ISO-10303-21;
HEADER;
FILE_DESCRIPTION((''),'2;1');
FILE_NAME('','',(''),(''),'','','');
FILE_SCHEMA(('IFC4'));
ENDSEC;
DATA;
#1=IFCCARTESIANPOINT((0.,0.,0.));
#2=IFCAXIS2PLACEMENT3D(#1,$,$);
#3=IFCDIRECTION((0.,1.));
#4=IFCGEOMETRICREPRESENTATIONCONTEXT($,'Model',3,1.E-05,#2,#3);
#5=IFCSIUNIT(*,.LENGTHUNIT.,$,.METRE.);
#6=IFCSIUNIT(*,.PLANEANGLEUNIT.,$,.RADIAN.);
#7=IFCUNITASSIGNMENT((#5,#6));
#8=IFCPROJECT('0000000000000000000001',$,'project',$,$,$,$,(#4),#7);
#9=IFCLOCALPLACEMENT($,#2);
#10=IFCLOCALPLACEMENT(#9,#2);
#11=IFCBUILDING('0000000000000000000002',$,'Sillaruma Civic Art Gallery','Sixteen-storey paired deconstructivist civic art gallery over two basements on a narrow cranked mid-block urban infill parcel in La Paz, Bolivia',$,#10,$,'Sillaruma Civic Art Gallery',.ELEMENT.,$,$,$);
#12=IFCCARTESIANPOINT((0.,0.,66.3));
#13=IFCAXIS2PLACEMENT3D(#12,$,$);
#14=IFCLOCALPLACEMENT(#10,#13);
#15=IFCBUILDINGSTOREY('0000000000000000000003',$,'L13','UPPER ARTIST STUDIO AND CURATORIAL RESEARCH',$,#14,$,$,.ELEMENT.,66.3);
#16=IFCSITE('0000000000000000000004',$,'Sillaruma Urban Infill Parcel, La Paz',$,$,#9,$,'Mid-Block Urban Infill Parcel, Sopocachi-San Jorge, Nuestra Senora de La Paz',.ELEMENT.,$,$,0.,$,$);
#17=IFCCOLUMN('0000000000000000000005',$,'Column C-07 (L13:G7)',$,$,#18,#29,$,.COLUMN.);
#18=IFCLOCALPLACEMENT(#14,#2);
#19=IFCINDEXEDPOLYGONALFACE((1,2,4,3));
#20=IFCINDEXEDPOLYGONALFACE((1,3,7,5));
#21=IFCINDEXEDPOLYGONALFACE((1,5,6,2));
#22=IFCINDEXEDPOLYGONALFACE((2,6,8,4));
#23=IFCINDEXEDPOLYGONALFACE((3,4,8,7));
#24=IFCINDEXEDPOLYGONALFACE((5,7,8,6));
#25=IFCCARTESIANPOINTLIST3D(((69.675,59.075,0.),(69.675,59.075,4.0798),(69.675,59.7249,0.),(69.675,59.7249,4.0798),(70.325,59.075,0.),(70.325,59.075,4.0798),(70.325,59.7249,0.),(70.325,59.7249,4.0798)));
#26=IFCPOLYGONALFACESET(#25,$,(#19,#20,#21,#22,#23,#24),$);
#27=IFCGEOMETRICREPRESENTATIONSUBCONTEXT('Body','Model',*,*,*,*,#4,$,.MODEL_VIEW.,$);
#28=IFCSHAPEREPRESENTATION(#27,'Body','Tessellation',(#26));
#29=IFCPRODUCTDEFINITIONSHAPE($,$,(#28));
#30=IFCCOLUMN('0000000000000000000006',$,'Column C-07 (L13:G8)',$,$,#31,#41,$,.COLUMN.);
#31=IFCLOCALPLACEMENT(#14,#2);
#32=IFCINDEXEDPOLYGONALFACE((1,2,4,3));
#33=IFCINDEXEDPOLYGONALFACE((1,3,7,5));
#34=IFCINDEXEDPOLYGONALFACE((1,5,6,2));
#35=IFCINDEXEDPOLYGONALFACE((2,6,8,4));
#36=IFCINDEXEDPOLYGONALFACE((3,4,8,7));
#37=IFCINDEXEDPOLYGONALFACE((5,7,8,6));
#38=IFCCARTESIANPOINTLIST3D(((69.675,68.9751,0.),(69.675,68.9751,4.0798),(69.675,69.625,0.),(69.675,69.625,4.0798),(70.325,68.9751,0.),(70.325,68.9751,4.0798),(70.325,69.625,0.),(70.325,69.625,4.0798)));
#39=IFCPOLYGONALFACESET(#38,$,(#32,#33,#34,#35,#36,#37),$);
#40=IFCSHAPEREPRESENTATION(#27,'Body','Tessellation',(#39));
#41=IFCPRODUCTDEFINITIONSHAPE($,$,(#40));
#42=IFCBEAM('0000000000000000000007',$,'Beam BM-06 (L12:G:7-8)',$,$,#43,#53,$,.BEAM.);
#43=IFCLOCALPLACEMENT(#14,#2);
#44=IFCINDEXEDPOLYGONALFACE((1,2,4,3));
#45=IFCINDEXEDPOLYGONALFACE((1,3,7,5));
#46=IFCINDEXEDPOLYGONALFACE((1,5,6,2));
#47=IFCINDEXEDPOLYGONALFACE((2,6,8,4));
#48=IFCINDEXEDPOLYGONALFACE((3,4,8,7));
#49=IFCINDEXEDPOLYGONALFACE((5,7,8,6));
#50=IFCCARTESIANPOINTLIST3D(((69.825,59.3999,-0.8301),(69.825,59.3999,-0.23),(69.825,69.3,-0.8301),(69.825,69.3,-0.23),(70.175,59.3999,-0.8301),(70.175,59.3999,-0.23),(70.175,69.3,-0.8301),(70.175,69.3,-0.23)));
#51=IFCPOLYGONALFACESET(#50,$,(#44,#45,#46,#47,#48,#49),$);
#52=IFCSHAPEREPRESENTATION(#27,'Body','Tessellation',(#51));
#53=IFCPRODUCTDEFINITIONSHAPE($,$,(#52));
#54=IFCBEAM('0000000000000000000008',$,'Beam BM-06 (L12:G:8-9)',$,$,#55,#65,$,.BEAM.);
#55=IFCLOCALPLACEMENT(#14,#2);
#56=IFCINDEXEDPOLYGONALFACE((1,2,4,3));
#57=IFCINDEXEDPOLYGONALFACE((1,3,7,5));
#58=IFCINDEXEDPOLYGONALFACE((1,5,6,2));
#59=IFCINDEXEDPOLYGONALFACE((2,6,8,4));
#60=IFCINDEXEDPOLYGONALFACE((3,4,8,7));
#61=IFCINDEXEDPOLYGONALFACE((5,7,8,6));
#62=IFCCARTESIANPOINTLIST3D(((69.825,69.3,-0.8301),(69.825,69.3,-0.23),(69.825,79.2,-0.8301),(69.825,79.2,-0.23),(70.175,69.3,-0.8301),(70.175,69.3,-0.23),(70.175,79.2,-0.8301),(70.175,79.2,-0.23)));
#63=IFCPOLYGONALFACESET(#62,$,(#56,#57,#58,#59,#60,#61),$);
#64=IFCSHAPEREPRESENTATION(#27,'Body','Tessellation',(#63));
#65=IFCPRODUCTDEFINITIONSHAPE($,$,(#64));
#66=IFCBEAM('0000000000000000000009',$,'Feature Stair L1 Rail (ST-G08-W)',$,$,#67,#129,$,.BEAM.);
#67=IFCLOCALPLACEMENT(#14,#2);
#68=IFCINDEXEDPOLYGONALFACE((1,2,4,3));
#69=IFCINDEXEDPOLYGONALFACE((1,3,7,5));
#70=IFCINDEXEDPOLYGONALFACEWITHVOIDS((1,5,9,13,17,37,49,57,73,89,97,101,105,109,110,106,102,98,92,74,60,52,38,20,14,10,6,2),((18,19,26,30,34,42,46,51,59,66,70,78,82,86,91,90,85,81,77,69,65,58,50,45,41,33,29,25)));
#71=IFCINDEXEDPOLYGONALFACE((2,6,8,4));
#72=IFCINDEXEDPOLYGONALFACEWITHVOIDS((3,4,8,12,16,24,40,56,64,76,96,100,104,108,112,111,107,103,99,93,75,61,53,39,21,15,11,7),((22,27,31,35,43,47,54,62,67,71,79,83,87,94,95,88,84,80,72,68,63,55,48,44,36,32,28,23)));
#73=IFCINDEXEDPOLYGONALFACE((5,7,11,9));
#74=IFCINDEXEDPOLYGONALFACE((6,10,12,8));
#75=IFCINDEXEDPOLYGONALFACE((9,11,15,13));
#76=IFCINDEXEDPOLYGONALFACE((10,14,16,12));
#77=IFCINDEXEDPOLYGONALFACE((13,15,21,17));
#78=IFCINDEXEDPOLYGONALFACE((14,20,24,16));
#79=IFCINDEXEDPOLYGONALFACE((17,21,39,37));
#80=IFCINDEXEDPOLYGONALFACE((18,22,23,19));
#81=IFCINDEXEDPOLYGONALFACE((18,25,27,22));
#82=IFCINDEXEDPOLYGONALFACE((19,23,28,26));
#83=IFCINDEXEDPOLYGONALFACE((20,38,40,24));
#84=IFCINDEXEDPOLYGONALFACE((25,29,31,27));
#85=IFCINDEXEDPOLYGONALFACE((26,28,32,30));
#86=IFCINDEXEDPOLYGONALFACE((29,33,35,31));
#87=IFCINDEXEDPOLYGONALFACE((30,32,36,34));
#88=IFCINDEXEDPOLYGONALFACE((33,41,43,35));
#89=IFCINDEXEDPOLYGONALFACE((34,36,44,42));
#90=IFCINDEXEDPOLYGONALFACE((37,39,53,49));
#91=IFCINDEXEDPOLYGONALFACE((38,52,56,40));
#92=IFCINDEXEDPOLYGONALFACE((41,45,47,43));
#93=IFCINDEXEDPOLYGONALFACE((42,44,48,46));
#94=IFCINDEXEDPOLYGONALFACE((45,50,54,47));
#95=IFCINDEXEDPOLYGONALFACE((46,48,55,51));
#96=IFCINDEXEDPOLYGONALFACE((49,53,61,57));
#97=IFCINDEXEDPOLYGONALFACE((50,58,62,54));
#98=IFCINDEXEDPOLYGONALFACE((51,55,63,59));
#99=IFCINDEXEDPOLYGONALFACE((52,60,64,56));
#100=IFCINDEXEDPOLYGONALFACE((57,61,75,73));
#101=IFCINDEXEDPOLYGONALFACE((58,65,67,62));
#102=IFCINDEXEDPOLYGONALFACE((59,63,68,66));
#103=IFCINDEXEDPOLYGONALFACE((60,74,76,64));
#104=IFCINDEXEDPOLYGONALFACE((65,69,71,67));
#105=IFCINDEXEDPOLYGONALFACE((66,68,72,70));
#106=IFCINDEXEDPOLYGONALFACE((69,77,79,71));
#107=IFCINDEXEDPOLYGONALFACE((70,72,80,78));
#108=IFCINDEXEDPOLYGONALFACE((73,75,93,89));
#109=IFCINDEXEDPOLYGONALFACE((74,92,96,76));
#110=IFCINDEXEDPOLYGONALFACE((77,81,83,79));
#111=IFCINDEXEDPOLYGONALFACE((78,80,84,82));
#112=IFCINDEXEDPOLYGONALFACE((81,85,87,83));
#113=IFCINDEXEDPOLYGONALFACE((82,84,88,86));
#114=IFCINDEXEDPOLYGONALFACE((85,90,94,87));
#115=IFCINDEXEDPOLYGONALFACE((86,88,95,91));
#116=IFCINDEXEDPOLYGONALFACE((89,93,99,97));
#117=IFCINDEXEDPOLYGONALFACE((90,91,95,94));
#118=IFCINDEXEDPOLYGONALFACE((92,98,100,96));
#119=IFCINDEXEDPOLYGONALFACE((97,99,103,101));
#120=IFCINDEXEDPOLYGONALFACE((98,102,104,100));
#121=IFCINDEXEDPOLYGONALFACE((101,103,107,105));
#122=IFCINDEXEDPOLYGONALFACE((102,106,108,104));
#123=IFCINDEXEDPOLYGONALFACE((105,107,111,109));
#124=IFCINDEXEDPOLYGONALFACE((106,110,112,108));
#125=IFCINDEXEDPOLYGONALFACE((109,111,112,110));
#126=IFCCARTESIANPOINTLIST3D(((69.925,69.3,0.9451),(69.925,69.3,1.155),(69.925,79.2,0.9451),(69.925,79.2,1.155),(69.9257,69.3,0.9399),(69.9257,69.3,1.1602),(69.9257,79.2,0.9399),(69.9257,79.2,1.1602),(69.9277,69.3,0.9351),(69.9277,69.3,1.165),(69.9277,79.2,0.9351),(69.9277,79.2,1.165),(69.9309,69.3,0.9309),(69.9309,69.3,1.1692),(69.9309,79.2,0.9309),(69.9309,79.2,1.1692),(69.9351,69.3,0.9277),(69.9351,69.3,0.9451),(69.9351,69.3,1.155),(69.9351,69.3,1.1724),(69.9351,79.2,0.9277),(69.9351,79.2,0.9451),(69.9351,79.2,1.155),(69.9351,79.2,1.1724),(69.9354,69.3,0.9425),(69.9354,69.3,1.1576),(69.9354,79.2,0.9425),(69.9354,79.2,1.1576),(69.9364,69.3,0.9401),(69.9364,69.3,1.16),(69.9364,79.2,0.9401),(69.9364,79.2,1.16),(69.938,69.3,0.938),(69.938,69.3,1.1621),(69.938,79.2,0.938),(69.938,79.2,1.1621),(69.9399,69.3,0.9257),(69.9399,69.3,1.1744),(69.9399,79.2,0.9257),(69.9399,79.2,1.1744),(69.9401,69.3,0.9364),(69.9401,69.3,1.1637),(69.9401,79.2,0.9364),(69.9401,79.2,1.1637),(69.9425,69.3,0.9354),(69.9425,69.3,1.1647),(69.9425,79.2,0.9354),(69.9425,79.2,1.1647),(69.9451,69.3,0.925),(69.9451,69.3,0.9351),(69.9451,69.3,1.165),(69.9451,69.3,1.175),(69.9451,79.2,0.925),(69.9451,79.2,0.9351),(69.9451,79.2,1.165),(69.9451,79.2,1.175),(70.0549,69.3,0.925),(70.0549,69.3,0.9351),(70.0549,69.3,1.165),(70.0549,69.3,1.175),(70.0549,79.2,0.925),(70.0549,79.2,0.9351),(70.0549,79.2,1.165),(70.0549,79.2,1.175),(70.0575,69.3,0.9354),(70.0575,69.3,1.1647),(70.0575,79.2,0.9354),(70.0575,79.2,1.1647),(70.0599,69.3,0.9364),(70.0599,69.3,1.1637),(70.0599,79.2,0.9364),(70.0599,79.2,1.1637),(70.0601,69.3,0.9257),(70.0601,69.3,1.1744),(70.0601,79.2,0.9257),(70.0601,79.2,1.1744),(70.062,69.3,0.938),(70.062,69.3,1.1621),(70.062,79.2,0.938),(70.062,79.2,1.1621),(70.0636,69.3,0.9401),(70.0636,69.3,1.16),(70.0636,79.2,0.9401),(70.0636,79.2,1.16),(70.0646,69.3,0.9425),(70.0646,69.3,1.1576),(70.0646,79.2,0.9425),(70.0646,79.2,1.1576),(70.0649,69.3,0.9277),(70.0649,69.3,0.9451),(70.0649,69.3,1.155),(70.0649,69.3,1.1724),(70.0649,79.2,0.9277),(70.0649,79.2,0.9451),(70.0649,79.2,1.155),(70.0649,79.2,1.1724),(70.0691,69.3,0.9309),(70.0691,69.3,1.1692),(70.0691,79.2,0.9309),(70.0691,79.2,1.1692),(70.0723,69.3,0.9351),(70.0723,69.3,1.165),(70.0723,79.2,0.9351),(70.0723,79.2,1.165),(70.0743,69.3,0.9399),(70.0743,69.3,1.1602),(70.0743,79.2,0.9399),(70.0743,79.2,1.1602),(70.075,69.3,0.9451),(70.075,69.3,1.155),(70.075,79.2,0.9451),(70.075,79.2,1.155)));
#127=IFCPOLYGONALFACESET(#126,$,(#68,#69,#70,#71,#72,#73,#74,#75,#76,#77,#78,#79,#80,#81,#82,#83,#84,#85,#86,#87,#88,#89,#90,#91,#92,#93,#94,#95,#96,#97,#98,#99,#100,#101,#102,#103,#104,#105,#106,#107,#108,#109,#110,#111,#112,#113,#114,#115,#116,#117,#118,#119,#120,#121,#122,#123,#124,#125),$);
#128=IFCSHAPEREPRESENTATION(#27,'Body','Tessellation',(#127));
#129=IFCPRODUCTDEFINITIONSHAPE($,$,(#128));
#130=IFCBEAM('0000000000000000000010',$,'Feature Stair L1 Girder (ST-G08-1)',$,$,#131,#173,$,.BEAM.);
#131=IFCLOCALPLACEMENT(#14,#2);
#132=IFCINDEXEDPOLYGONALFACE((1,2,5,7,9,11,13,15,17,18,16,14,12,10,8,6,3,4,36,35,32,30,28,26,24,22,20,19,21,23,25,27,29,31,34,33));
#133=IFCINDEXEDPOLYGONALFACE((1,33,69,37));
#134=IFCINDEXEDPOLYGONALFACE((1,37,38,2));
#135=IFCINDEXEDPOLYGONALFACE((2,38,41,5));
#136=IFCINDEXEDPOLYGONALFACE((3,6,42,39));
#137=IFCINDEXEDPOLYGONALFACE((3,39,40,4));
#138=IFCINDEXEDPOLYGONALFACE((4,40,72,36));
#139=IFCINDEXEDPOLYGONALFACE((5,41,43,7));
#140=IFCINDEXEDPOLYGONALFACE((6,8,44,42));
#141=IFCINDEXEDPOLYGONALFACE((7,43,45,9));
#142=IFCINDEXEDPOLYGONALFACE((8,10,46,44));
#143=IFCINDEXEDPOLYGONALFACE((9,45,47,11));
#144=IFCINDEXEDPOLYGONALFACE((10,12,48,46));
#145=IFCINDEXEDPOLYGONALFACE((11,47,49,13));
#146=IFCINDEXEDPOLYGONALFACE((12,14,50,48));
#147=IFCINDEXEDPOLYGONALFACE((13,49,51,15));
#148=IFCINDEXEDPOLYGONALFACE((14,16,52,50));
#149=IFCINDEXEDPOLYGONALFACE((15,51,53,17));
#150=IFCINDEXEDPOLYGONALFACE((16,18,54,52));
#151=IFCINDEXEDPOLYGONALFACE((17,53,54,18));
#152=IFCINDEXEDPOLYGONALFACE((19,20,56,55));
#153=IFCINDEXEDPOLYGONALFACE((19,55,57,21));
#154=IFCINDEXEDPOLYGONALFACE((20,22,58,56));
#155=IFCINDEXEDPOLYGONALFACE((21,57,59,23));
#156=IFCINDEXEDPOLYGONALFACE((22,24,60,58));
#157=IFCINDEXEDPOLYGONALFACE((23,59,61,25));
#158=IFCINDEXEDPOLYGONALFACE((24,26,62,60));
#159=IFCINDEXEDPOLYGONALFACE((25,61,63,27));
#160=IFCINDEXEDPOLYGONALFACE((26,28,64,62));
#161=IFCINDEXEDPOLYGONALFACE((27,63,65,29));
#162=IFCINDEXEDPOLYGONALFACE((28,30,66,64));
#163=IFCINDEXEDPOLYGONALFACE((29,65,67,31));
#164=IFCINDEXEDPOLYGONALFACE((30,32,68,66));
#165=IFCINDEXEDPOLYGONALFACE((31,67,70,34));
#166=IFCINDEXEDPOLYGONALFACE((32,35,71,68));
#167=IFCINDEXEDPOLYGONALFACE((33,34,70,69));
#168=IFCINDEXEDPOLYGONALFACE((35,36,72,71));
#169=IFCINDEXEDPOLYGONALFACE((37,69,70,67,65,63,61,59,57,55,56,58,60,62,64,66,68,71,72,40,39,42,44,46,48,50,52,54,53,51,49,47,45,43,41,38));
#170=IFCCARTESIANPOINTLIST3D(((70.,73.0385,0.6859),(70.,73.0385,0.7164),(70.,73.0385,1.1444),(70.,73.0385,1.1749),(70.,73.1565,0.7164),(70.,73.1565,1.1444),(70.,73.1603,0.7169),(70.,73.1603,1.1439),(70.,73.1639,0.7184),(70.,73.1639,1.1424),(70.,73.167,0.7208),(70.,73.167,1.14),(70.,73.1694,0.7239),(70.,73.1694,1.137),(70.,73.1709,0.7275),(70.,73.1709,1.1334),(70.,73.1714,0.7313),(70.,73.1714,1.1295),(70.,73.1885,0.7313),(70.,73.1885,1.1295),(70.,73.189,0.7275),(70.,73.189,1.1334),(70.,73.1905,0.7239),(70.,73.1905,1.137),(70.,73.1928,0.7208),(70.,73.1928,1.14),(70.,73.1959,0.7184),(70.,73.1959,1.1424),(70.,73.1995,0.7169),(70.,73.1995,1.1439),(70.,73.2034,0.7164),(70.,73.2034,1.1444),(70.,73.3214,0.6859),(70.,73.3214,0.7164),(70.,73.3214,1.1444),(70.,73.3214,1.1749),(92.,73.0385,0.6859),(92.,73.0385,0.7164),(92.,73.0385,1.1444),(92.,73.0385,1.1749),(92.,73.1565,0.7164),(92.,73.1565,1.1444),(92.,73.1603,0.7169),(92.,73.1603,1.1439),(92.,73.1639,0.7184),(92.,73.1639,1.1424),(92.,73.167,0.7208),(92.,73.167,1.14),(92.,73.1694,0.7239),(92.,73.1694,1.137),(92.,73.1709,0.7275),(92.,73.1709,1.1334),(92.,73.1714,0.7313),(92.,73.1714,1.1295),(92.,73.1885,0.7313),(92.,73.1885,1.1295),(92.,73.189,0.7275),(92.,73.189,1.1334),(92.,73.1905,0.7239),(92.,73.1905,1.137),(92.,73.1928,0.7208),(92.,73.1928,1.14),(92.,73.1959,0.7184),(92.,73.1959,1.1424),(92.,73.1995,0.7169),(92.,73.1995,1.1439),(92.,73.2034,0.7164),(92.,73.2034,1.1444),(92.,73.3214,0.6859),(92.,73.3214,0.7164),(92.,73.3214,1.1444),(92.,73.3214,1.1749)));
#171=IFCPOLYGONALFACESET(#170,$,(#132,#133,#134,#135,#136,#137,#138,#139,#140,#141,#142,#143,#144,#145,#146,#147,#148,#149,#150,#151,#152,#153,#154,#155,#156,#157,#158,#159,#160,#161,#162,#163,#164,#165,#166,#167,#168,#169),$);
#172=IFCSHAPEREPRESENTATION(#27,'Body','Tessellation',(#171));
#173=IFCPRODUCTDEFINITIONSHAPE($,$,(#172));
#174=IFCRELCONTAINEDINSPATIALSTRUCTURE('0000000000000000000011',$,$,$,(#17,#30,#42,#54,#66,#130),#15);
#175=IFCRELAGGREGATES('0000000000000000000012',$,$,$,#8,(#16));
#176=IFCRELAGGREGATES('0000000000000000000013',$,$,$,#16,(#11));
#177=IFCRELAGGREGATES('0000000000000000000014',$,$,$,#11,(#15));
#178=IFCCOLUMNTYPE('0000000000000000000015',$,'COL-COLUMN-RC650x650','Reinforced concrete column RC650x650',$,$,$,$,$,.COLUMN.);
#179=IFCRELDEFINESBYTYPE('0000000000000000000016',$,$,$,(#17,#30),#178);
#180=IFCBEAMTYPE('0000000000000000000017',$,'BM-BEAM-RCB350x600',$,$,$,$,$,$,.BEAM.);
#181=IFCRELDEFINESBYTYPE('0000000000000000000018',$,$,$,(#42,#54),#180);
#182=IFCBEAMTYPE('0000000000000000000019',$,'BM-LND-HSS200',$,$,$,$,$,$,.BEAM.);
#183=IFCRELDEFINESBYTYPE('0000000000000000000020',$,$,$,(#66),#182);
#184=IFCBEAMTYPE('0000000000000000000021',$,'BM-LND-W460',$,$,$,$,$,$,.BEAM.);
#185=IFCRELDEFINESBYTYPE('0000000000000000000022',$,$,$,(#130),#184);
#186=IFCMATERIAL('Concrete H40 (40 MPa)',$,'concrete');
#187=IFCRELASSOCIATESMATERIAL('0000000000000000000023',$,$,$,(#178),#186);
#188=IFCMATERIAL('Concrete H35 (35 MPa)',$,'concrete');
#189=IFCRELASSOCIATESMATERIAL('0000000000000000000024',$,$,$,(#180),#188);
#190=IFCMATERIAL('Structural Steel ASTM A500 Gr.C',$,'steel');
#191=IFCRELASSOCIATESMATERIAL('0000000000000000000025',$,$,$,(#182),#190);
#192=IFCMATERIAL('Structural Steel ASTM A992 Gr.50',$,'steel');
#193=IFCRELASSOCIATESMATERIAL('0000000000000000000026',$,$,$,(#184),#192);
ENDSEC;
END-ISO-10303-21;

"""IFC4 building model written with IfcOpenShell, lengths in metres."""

from ifc_helpers import new_model, si_unit, direction, frame, origin, origin_2d, place, context, subcontext, project, spatial, rectangle, hollow_rectangle, i_section, extrude, material, material_profile, profile_set, type_object, element, save


model = new_model("IFC4")

# Units and contexts
model_context = context("Model", 3, precision=1e-05, world=origin(), true_north=direction((0.0, 1.0)))
body_context = subcontext(model_context, "Body", "Model", "MODEL_VIEW")
ifc_project = project(units=[si_unit("LENGTHUNIT", "METRE"), si_unit("PLANEANGLEUNIT", "RADIAN")], contexts=[model_context])

# Site, building, storey
site_placement = place(None, origin())
site = spatial("IfcSite", under=ifc_project, at=site_placement, Name="Sillaruma Urban Infill Parcel, La Paz", LongName="Mid-Block Urban Infill Parcel, Sopocachi-San Jorge, Nuestra Senora de La Paz", CompositionType="ELEMENT", RefElevation=0.0)
building_placement = place(site_placement, origin())
building = spatial("IfcBuilding", under=site, at=building_placement, Name="Sillaruma Civic Art Gallery", Description="Sixteen-storey paired deconstructivist civic art gallery over two basements on a narrow cranked mid-block urban infill parcel in La Paz, Bolivia", LongName="Sillaruma Civic Art Gallery", CompositionType="ELEMENT")
storey_placement = place(building_placement, frame((0.0, 0.0, 66.3)))
storey = spatial("IfcBuildingStorey", under=building, at=storey_placement, Name="L13", Description="UPPER ARTIST STUDIO AND CURATORIAL RESEARCH", CompositionType="ELEMENT", Elevation=66.3)

# Columns
ifc_material_1 = material(Name="Concrete H40 (40 MPa)", Category="concrete")
ifc_material_profile_1 = material_profile(ifc_material_1, rectangle(XDim=0.6499, YDim=0.6499, at=origin_2d()), Name="RC650x650")
ifc_profile_set_1 = profile_set([ifc_material_profile_1], Name="Concrete H40 (40 MPa)")
column_type = type_object("IfcColumnType", Name="COL-COLUMN-RC650x650", Description="Reinforced concrete column RC650x650", PredefinedType="COLUMN", material=ifc_profile_set_1)
for number, where, z_axis, x_axis, name in (
    (1, (70.0, 59.3999, 0.0), (0.0, 0.0, 1.0), (1.0, 0.0, 0.0), "Column C-07 (L13:G7)"),
    (2, (70.0, 69.3, 0.0), (0.0, 0.0, 1.0), (1.0, 0.0, 0.0), "Column C-07 (L13:G8)"),
):
    element("IfcColumn", number, at=place(storey_placement, frame(where, z_axis=z_axis, x_axis=x_axis)), inside=storey, type_object=column_type, Name=name, PredefinedType="COLUMN", context=body_context, shape_type="SweptSolid", body=[
        extrude(rectangle(XDim=0.6499, YDim=0.6499, at=origin_2d()), origin(), (0.0, 0.0, 1.0), 4.0798),
    ])

# Beams
ifc_material_2 = material(Name="Concrete H35 (35 MPa)", Category="concrete")
ifc_material_profile_2 = material_profile(ifc_material_2, rectangle(XDim=0.3501, YDim=0.6001, at=origin_2d()), Name="RCB350x600")
ifc_profile_set_2 = profile_set([ifc_material_profile_2], Name="Concrete H35 (35 MPa)")
beam_type_1 = type_object("IfcBeamType", Name="BM-BEAM-RCB350x600", PredefinedType="BEAM", material=ifc_profile_set_2)
beam_1_placement = place(storey_placement, frame((70.0, 59.3999, -0.53), z_axis=(0.0, 1.0, 0.0), x_axis=(-1.0, 0.0, 0.0)))
element("IfcBeam", 3, at=beam_1_placement, inside=storey, type_object=beam_type_1, Name="Beam BM-06 (L12:G:7-8)", PredefinedType="BEAM", context=body_context, shape_type="SweptSolid", body=[
    extrude(rectangle(XDim=0.3501, YDim=0.6001, at=origin_2d()), origin(), (0.0, 0.0, 1.0), 9.9001),
])
beam_2_placement = place(storey_placement, frame((70.0, 69.3, -0.53), z_axis=(0.0, 1.0, 0.0), x_axis=(-1.0, 0.0, 0.0)))
element("IfcBeam", 4, at=beam_2_placement, inside=storey, type_object=beam_type_1, Name="Beam BM-06 (L12:G:8-9)", PredefinedType="BEAM", context=body_context, shape_type="SweptSolid", body=[
    extrude(rectangle(XDim=0.3501, YDim=0.6001, at=origin_2d()), origin(), (0.0, 0.0, 1.0), 9.8999),
])
ifc_material_3 = material(Name="Structural Steel ASTM A500 Gr.C", Category="steel")
ifc_material_profile_3 = material_profile(ifc_material_3, hollow_rectangle(XDim=0.1499, YDim=0.25, WallThickness=0.01, InnerFilletRadius=0.01, OuterFilletRadius=0.02, at=origin_2d()), Name="HSS250x150x10")
ifc_profile_set_3 = profile_set([ifc_material_profile_3], Name="Structural Steel ASTM A500 Gr.C")
beam_type_2 = type_object("IfcBeamType", Name="BM-LND-HSS200", PredefinedType="BEAM", material=ifc_profile_set_3)
beam_3_placement = place(storey_placement, frame((70.0, 69.3, 1.05), z_axis=(0.0, 1.0, 0.0), x_axis=(-1.0, 0.0, 0.0)))
element("IfcBeam", 5, at=beam_3_placement, inside=storey, type_object=beam_type_2, Name="Feature Stair L1 Rail (ST-G08-W)", PredefinedType="BEAM", context=body_context, shape_type="SweptSolid", body=[
    extrude(hollow_rectangle(XDim=0.1499, YDim=0.25, WallThickness=0.01, InnerFilletRadius=0.01, OuterFilletRadius=0.02, at=origin_2d()), origin(), (0.0, 0.0, 1.0), 9.8999),
])
ifc_material_4 = material(Name="Structural Steel ASTM A992 Gr.50", Category="steel")
ifc_material_profile_4 = material_profile(ifc_material_4, i_section(OverallWidth=0.283, OverallDepth=0.489, WebThickness=0.0171, FlangeThickness=0.0305, FilletRadius=0.0149, at=origin_2d()), Name="W460x193")
ifc_profile_set_4 = profile_set([ifc_material_profile_4], Name="Structural Steel ASTM A992 Gr.50")
beam_type_3 = type_object("IfcBeamType", Name="BM-LND-W460", PredefinedType="BEAM", material=ifc_profile_set_4)
for number, where, z_axis, x_axis, name in (
    (6, (70.0, 73.1799, 0.9304), (1.0, 0.0, 0.0), (0.0, 1.0, 0.0), "Feature Stair L1 Girder (ST-G08-1)"),
):
    element("IfcBeam", number, at=place(storey_placement, frame(where, z_axis=z_axis, x_axis=x_axis)), inside=storey, type_object=beam_type_3, Name=name, PredefinedType="BEAM", context=body_context, shape_type="SweptSolid", body=[
        extrude(i_section(OverallWidth=0.283, OverallDepth=0.489, WebThickness=0.0171, FlangeThickness=0.0305, FilletRadius=0.0149, at=origin_2d()), origin(), (0.0, 0.0, 1.0), 22.0),
    ])

save(model, "model.ifc")
